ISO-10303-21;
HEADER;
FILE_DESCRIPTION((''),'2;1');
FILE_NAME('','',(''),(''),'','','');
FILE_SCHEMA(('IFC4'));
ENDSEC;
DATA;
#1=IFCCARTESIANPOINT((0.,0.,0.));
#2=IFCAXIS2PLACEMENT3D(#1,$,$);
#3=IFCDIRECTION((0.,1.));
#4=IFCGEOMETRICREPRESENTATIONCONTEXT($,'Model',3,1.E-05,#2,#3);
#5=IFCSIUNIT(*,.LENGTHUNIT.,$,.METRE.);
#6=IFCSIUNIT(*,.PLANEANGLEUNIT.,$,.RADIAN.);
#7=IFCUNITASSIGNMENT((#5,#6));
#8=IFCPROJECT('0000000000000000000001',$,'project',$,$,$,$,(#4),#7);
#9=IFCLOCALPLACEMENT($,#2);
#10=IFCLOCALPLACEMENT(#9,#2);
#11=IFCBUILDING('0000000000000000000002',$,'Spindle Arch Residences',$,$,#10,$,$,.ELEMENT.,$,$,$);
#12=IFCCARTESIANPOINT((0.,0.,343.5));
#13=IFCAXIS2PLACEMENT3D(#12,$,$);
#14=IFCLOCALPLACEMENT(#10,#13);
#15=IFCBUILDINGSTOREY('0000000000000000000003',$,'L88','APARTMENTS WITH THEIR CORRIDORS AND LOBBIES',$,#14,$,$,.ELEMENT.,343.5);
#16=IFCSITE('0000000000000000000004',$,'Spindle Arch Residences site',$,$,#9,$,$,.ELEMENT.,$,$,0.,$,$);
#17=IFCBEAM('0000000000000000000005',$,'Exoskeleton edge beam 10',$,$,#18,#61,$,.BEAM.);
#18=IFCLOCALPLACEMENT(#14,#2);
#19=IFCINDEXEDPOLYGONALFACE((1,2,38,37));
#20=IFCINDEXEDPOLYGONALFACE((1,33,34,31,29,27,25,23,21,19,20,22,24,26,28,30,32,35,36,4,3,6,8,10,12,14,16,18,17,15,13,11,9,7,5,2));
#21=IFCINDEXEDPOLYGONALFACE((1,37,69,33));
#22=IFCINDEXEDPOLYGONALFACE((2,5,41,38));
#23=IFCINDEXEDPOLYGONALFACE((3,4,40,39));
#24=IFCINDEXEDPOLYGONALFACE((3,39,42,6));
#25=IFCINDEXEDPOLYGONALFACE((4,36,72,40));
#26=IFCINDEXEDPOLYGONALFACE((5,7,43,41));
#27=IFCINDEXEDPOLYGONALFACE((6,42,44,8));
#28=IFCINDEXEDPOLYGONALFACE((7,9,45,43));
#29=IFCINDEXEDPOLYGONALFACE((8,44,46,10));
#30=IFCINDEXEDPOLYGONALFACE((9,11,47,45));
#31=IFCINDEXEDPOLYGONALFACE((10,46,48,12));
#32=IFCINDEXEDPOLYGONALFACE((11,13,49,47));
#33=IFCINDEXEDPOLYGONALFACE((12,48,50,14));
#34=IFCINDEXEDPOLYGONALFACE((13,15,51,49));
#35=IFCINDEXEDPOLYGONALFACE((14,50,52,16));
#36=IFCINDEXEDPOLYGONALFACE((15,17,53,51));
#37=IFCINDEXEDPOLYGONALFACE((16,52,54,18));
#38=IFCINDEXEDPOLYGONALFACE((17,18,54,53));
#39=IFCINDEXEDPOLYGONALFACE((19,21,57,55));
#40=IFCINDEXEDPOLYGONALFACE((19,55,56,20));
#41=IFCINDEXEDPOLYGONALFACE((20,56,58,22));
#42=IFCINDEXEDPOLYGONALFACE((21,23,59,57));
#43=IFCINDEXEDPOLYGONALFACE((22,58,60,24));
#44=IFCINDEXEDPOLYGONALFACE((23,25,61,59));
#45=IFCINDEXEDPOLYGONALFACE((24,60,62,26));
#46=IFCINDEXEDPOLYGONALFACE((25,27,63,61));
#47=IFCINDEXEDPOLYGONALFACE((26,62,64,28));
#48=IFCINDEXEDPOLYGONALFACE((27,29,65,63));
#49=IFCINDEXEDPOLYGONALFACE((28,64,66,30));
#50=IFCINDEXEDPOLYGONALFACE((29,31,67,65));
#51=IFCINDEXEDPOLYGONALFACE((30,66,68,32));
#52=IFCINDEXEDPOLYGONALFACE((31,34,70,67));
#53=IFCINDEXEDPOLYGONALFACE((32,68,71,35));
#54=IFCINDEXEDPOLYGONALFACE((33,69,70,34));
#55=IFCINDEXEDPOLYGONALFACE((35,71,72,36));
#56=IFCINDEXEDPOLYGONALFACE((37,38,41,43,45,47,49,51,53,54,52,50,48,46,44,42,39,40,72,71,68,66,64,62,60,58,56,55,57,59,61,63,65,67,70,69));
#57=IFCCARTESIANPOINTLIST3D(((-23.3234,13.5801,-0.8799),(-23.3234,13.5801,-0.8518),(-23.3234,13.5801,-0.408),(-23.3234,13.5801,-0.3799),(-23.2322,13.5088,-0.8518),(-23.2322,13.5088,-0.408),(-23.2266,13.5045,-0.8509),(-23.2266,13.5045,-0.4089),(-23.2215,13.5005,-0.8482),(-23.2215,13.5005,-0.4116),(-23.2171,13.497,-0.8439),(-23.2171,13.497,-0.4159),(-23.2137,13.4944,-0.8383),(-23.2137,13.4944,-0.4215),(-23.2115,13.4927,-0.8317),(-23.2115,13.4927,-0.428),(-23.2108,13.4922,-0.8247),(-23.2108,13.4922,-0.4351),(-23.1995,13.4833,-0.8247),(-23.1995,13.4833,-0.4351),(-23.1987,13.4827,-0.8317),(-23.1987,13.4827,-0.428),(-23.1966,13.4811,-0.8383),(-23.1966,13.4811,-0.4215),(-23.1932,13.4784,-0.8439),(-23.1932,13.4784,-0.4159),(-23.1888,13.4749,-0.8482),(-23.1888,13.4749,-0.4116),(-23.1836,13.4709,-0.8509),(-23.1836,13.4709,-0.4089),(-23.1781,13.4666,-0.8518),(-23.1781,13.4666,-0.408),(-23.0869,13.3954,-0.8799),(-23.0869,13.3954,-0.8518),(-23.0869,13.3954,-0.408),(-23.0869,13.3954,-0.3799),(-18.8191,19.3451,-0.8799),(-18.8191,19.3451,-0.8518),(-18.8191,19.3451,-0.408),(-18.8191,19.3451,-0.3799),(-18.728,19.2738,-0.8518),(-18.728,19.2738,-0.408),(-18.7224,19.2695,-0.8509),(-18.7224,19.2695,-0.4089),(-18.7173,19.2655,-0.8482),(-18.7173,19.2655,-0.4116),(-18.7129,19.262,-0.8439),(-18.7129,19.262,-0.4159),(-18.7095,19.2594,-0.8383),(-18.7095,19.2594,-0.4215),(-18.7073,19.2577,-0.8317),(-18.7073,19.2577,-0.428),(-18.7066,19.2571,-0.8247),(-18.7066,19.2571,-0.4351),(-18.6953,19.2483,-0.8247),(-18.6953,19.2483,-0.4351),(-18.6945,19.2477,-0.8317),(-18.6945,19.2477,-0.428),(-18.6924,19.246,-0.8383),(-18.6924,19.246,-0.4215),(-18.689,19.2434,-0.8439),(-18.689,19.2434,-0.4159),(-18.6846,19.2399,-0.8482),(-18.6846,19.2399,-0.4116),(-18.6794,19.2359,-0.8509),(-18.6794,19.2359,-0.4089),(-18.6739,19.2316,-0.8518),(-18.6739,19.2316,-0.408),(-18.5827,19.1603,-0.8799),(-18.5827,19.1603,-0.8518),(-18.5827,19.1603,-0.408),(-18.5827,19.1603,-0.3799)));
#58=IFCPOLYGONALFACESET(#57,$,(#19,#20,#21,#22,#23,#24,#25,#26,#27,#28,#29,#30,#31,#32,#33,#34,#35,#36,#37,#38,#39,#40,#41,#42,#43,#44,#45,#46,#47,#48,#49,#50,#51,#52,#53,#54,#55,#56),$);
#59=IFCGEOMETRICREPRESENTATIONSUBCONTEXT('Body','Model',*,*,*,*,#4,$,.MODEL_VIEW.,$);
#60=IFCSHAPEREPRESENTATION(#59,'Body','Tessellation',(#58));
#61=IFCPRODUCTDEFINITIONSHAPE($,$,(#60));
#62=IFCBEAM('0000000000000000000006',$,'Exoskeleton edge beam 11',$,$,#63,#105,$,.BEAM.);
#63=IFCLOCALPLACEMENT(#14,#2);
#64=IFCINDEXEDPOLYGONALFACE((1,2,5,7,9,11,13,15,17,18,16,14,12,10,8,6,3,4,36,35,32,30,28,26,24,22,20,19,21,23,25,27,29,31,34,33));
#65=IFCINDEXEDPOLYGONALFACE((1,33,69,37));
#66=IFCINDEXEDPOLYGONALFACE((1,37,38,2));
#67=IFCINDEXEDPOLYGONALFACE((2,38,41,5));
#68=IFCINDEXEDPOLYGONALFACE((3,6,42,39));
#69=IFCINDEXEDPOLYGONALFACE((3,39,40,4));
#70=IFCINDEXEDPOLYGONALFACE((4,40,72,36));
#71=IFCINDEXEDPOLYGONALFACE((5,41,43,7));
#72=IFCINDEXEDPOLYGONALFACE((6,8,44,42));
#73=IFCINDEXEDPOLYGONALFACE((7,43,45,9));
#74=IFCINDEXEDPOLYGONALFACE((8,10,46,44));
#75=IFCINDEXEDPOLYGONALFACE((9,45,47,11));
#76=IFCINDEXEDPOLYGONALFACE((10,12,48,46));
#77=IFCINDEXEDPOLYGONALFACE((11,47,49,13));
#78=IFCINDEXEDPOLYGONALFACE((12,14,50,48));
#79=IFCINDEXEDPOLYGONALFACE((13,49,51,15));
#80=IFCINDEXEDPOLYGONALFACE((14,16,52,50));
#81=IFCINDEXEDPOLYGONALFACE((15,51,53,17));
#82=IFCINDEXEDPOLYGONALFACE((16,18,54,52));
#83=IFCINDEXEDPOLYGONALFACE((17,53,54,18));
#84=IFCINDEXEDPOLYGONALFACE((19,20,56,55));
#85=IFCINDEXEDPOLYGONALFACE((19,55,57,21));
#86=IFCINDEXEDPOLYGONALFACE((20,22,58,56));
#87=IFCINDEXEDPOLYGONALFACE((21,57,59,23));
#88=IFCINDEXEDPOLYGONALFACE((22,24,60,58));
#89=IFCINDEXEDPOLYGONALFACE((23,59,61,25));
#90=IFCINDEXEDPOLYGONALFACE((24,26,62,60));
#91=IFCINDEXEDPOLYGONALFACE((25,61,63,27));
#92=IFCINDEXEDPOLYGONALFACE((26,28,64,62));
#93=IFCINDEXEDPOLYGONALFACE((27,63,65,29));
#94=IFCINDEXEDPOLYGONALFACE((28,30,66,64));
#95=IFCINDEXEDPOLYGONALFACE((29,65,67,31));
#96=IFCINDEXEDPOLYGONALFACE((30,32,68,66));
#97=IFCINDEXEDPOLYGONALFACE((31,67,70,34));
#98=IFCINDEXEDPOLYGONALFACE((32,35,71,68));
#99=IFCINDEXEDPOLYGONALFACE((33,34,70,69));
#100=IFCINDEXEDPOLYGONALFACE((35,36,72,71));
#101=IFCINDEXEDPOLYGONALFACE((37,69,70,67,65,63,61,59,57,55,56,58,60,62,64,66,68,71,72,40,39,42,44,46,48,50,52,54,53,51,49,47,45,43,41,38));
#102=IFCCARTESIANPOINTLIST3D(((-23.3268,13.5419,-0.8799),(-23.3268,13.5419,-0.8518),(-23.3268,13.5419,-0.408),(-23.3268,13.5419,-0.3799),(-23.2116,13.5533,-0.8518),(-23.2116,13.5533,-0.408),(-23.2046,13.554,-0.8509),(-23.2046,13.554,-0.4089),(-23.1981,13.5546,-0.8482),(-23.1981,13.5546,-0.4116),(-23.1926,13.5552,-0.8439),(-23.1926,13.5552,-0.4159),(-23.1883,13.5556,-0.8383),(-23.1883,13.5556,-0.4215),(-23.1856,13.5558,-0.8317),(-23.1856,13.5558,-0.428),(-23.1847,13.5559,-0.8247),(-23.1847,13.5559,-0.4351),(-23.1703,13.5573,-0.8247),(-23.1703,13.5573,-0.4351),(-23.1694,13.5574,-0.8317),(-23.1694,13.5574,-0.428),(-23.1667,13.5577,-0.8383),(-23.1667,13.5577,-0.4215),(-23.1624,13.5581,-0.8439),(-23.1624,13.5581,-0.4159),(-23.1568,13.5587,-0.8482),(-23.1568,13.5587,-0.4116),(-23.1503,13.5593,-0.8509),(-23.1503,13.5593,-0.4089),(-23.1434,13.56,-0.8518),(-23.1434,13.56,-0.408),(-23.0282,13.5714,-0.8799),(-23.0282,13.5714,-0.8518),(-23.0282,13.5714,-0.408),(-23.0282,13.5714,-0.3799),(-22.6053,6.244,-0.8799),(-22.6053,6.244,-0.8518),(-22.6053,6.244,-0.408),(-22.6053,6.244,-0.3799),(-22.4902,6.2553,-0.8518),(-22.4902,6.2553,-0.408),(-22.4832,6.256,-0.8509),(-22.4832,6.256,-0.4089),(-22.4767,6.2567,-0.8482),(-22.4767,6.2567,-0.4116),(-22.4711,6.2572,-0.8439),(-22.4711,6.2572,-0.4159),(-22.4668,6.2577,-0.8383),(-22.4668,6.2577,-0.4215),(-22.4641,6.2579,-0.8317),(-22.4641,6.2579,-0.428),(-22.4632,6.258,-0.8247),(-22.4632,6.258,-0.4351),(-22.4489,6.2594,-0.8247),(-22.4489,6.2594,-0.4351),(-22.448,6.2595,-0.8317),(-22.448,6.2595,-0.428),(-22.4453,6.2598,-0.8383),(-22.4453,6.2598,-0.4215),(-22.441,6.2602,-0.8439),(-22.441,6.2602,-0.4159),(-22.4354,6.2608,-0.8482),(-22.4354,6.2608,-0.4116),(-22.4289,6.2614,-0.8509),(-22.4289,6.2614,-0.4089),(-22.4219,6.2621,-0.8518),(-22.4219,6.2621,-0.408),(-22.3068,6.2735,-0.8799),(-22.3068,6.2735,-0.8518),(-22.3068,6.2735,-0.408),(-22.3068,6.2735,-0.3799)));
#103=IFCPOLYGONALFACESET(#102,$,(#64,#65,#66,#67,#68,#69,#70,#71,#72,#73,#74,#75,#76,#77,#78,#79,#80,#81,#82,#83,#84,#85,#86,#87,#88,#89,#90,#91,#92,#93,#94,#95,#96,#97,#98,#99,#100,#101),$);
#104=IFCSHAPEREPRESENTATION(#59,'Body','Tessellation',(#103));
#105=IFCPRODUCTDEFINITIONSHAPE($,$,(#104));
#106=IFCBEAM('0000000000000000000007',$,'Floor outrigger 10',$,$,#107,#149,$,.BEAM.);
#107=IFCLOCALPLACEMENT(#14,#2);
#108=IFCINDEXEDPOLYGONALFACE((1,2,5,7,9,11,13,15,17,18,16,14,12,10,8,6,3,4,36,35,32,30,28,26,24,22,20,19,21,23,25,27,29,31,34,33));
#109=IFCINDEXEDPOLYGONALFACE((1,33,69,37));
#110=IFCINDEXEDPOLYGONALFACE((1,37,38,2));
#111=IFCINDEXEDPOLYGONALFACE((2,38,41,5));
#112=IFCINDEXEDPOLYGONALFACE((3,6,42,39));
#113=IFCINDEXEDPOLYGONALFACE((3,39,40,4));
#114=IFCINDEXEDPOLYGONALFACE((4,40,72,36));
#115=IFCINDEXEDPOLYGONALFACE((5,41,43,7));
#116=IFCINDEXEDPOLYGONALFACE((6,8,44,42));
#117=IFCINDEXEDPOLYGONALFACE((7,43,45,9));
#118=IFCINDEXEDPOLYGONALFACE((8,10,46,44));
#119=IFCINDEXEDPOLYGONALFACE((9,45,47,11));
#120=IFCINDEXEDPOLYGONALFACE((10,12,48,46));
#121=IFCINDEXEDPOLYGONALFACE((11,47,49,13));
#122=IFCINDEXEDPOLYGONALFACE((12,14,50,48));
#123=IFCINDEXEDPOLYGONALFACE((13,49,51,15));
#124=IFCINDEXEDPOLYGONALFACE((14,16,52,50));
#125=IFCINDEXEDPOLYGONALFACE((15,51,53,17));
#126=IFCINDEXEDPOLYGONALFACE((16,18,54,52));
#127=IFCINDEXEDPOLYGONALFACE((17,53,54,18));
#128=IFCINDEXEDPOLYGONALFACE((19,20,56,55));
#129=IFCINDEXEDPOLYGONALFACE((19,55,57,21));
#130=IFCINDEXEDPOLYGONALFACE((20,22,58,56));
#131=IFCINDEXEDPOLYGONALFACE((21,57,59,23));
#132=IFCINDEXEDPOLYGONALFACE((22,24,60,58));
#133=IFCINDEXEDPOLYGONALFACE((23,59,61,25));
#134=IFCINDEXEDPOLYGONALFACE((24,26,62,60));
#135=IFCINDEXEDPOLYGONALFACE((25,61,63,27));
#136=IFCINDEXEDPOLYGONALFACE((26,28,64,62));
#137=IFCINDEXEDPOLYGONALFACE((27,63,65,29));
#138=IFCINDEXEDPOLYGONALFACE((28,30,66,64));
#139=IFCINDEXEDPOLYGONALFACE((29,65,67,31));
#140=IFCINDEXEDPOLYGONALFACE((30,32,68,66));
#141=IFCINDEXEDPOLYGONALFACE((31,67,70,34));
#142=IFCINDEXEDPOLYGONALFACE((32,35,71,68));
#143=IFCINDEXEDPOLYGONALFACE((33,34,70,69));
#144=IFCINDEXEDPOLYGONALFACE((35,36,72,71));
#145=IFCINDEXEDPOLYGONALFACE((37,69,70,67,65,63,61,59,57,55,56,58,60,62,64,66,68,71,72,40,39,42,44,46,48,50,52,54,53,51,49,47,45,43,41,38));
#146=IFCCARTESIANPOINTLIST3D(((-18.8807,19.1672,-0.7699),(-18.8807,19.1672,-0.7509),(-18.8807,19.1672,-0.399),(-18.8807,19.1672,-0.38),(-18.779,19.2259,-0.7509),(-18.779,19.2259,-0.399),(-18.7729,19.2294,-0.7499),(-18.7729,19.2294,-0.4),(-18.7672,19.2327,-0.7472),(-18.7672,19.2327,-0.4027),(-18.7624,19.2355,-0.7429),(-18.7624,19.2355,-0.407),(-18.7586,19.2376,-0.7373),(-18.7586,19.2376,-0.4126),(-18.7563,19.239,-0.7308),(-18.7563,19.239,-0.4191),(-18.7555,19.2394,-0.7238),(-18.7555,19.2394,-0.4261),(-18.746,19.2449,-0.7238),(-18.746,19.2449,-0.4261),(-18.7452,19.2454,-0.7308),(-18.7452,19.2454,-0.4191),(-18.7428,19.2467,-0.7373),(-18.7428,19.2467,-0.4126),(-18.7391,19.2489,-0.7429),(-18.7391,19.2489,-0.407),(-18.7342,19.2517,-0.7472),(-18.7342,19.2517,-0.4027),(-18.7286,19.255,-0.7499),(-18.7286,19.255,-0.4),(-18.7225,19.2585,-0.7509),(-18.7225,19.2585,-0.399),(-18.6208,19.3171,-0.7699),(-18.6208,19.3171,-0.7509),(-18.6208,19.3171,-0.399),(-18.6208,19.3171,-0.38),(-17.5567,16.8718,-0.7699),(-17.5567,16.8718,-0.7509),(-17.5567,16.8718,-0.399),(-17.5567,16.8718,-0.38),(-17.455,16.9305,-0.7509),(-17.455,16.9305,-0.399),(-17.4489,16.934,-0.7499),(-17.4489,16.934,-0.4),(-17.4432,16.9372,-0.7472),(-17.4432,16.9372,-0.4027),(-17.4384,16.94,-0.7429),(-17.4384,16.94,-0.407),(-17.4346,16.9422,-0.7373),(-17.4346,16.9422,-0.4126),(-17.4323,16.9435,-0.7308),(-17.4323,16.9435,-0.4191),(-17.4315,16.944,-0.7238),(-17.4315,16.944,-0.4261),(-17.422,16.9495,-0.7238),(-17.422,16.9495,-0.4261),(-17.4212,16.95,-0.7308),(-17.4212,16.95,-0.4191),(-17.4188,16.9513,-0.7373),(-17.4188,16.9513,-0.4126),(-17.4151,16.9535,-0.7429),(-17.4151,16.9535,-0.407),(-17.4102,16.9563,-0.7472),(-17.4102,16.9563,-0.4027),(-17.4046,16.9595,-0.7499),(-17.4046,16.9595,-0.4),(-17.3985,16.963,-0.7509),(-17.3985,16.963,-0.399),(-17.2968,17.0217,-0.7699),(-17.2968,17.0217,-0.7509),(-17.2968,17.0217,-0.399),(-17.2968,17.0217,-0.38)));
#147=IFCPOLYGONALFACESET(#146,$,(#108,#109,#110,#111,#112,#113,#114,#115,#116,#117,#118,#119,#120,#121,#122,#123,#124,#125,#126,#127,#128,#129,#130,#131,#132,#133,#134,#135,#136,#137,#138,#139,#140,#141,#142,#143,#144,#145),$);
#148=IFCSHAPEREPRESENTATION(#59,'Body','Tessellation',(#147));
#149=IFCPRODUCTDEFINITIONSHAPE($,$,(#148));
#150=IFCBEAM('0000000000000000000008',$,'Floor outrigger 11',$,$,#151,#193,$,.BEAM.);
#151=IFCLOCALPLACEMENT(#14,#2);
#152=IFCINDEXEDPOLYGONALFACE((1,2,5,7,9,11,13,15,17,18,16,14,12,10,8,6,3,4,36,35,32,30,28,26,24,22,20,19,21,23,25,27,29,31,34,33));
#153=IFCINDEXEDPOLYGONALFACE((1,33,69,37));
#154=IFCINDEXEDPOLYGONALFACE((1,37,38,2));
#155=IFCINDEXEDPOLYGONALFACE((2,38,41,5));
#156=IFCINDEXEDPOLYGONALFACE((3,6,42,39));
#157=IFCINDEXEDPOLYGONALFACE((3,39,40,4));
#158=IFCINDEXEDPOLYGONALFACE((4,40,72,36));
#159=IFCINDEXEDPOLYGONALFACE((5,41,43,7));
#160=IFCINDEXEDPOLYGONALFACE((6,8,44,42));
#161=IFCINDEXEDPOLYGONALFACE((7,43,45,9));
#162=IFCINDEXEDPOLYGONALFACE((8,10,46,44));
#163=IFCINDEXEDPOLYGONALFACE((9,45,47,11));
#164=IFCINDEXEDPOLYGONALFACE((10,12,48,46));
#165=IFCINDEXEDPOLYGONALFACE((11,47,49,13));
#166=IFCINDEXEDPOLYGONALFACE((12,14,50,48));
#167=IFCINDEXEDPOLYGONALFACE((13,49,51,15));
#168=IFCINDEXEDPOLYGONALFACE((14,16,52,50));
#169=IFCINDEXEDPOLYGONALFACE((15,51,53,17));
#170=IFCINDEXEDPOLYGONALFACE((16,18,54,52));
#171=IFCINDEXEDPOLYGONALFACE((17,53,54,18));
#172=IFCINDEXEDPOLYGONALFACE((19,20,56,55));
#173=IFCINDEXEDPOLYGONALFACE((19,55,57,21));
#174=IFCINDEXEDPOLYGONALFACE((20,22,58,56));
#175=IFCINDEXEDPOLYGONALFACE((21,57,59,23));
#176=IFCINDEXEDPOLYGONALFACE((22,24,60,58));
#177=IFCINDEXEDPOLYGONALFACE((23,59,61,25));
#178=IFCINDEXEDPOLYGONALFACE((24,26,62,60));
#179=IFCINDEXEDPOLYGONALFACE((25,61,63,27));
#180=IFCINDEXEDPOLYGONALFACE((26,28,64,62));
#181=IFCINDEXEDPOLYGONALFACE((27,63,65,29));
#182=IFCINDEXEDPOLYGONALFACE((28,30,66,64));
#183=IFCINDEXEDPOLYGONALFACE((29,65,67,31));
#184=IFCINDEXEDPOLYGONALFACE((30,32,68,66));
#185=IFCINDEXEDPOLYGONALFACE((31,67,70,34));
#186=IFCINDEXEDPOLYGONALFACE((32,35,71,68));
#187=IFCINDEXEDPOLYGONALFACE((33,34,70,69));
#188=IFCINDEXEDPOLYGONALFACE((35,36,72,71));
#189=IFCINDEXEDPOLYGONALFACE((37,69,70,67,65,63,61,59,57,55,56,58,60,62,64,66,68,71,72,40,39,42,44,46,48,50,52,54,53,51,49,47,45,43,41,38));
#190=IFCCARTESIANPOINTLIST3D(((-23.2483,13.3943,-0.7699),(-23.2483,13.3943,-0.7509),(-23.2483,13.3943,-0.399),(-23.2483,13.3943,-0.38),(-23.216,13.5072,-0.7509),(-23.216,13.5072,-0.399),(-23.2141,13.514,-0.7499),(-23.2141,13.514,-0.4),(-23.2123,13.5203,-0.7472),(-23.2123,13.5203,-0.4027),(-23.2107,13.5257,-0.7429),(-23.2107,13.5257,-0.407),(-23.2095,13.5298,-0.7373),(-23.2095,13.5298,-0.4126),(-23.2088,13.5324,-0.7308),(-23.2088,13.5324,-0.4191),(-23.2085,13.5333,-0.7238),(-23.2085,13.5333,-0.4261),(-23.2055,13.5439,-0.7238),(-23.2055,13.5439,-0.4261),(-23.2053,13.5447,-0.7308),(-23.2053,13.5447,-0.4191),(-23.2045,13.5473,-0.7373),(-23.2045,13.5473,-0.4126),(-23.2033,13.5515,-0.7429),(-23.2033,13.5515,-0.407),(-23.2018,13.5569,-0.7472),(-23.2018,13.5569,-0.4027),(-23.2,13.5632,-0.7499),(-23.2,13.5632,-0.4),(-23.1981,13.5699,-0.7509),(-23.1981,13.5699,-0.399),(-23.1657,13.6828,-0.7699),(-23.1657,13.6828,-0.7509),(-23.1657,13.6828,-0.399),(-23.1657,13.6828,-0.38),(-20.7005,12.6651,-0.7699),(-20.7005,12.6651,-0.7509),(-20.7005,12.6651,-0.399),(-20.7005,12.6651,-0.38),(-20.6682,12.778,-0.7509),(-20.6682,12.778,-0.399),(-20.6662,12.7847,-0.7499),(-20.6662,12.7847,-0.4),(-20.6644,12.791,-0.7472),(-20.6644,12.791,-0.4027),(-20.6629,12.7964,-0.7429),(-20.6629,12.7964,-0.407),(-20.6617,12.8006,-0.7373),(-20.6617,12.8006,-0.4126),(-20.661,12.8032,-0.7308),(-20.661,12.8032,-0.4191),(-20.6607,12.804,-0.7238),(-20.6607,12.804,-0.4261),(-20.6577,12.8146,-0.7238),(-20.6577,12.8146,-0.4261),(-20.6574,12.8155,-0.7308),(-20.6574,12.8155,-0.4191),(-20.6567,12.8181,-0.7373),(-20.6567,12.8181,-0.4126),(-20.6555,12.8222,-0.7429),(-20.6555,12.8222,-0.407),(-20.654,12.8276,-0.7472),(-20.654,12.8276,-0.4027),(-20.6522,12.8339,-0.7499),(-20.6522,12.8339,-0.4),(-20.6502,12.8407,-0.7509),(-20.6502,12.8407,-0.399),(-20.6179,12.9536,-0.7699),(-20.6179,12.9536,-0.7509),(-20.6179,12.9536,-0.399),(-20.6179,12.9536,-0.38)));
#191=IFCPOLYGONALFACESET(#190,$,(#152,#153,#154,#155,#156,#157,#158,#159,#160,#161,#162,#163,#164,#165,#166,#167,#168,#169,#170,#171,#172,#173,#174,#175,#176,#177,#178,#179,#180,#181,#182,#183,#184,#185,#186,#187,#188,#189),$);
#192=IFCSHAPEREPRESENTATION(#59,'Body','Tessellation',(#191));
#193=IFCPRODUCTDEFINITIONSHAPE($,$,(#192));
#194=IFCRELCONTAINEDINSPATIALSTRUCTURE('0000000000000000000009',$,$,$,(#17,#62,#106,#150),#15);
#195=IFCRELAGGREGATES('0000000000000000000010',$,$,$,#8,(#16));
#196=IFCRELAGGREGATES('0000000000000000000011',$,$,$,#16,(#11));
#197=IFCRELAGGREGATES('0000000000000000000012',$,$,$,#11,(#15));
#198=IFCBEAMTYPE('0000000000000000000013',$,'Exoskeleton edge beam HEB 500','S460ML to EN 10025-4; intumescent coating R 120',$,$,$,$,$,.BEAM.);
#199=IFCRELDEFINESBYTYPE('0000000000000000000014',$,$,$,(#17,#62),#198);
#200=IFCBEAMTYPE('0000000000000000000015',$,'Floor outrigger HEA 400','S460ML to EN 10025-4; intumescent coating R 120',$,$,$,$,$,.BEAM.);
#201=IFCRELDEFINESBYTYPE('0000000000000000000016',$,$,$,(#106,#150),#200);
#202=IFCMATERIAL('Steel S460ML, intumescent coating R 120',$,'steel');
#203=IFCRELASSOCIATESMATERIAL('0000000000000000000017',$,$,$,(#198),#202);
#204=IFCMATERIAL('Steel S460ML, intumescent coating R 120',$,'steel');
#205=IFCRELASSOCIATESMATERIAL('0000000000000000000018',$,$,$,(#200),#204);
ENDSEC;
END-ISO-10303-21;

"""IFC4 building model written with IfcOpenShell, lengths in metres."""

from ifc_helpers import new_model, si_unit, direction, frame, origin, origin_2d, place, context, subcontext, project, spatial, i_section, extrude, material, material_profile, profile_set, type_object, element, save


model = new_model("IFC4")

# Units and contexts
model_context = context("Model", 3, precision=1e-05, world=origin(), true_north=direction((0.0, 1.0)))
body_context = subcontext(model_context, "Body", "Model", "MODEL_VIEW")
ifc_project = project(units=[si_unit("LENGTHUNIT", "METRE"), si_unit("PLANEANGLEUNIT", "RADIAN")], contexts=[model_context])

# Site, building, storey
site_placement = place(None, origin())
site = spatial("IfcSite", under=ifc_project, at=site_placement, Name="Spindle Arch Residences site", CompositionType="ELEMENT", RefElevation=0.0)
building_placement = place(site_placement, origin())
building = spatial("IfcBuilding", under=site, at=building_placement, Name="Spindle Arch Residences", CompositionType="ELEMENT")
storey_placement = place(building_placement, frame((0.0, 0.0, 343.5)))
storey = spatial("IfcBuildingStorey", under=building, at=storey_placement, Name="L88", Description="APARTMENTS WITH THEIR CORRIDORS AND LOBBIES", CompositionType="ELEMENT", Elevation=343.5)

# Beams
ifc_material_1 = material(Name="Steel S460ML, intumescent coating R 120", Category="steel")
ifc_material_profile_1 = material_profile(ifc_material_1, i_section(OverallWidth=0.3, OverallDepth=0.5, WebThickness=0.0144, FlangeThickness=0.0281, FilletRadius=0.0271, at=origin_2d()), Name="HEB 500")
ifc_profile_set_1 = profile_set([ifc_material_profile_1], Name="Steel S460ML, intumescent coating R 120")
beam_type_1 = type_object("IfcBeamType", Name="Exoskeleton edge beam HEB 500", Description="S460ML to EN 10025-4; intumescent coating R 120", PredefinedType="BEAM", material=ifc_profile_set_1)
beam_1_placement = place(storey_placement, frame((-18.7009, 19.2527, -0.6299), z_axis=(-0.615672, -0.788003, 0.0), x_axis=(0.788003, -0.615672, 0.0)))
element("IfcBeam", 1, at=beam_1_placement, inside=storey, type_object=beam_type_1, Name="Exoskeleton edge beam 10", PredefinedType="BEAM", context=body_context, shape_type="SweptSolid", body=[
    extrude(i_section(OverallWidth=0.3, OverallDepth=0.5, WebThickness=0.0144, FlangeThickness=0.0281, FilletRadius=0.0271, at=origin_2d()), origin(), (0.0, 0.0, 1.0), 7.3159),
])
beam_2_placement = place(storey_placement, frame((-23.1775, 13.5566, -0.6299), z_axis=(0.098376, -0.995149, 0.0), x_axis=(0.995149, 0.098376, 0.0)))
element("IfcBeam", 2, at=beam_2_placement, inside=storey, type_object=beam_type_1, Name="Exoskeleton edge beam 11", PredefinedType="BEAM", context=body_context, shape_type="SweptSolid", body=[
    extrude(i_section(OverallWidth=0.3, OverallDepth=0.5, WebThickness=0.0144, FlangeThickness=0.0281, FilletRadius=0.0271, at=origin_2d()), origin(), (0.0, 0.0, 1.0), 7.3335),
])
ifc_material_2 = material(Name="Steel S460ML, intumescent coating R 120", Category="steel")
ifc_material_profile_2 = material_profile(ifc_material_2, i_section(OverallWidth=0.3, OverallDepth=0.3899, WebThickness=0.011, FlangeThickness=0.019, FilletRadius=0.0271, at=origin_2d()), Name="HEA 400")
ifc_profile_set_2 = profile_set([ifc_material_profile_2], Name="Steel S460ML, intumescent coating R 120")
beam_type_2 = type_object("IfcBeamType", Name="Floor outrigger HEA 400", Description="S460ML to EN 10025-4; intumescent coating R 120", PredefinedType="BEAM", material=ifc_profile_set_2)
beam_3_placement = place(storey_placement, frame((-18.7507, 19.2422, -0.575), z_axis=(0.499637, -0.866235, 0.0), x_axis=(0.866235, 0.499637, 0.0)))
element("IfcBeam", 3, at=beam_3_placement, inside=storey, type_object=beam_type_2, Name="Floor outrigger 10", PredefinedType="BEAM", context=body_context, shape_type="SweptSolid", body=[
    extrude(i_section(OverallWidth=0.3, OverallDepth=0.3899, WebThickness=0.011, FlangeThickness=0.019, FilletRadius=0.0271, at=origin_2d()), origin(), (0.0, 0.0, 1.0), 2.6499),
])
beam_4_placement = place(storey_placement, frame((-23.207, 13.5386, -0.575), z_axis=(0.961395, -0.275171, 0.0), x_axis=(0.275171, 0.961395, 0.0)))
element("IfcBeam", 4, at=beam_4_placement, inside=storey, type_object=beam_type_2, Name="Floor outrigger 11", PredefinedType="BEAM", context=body_context, shape_type="SweptSolid", body=[
    extrude(i_section(OverallWidth=0.3, OverallDepth=0.3899, WebThickness=0.011, FlangeThickness=0.019, FilletRadius=0.0271, at=origin_2d()), origin(), (0.0, 0.0, 1.0), 2.6501),
])

save(model, "model.ifc")
